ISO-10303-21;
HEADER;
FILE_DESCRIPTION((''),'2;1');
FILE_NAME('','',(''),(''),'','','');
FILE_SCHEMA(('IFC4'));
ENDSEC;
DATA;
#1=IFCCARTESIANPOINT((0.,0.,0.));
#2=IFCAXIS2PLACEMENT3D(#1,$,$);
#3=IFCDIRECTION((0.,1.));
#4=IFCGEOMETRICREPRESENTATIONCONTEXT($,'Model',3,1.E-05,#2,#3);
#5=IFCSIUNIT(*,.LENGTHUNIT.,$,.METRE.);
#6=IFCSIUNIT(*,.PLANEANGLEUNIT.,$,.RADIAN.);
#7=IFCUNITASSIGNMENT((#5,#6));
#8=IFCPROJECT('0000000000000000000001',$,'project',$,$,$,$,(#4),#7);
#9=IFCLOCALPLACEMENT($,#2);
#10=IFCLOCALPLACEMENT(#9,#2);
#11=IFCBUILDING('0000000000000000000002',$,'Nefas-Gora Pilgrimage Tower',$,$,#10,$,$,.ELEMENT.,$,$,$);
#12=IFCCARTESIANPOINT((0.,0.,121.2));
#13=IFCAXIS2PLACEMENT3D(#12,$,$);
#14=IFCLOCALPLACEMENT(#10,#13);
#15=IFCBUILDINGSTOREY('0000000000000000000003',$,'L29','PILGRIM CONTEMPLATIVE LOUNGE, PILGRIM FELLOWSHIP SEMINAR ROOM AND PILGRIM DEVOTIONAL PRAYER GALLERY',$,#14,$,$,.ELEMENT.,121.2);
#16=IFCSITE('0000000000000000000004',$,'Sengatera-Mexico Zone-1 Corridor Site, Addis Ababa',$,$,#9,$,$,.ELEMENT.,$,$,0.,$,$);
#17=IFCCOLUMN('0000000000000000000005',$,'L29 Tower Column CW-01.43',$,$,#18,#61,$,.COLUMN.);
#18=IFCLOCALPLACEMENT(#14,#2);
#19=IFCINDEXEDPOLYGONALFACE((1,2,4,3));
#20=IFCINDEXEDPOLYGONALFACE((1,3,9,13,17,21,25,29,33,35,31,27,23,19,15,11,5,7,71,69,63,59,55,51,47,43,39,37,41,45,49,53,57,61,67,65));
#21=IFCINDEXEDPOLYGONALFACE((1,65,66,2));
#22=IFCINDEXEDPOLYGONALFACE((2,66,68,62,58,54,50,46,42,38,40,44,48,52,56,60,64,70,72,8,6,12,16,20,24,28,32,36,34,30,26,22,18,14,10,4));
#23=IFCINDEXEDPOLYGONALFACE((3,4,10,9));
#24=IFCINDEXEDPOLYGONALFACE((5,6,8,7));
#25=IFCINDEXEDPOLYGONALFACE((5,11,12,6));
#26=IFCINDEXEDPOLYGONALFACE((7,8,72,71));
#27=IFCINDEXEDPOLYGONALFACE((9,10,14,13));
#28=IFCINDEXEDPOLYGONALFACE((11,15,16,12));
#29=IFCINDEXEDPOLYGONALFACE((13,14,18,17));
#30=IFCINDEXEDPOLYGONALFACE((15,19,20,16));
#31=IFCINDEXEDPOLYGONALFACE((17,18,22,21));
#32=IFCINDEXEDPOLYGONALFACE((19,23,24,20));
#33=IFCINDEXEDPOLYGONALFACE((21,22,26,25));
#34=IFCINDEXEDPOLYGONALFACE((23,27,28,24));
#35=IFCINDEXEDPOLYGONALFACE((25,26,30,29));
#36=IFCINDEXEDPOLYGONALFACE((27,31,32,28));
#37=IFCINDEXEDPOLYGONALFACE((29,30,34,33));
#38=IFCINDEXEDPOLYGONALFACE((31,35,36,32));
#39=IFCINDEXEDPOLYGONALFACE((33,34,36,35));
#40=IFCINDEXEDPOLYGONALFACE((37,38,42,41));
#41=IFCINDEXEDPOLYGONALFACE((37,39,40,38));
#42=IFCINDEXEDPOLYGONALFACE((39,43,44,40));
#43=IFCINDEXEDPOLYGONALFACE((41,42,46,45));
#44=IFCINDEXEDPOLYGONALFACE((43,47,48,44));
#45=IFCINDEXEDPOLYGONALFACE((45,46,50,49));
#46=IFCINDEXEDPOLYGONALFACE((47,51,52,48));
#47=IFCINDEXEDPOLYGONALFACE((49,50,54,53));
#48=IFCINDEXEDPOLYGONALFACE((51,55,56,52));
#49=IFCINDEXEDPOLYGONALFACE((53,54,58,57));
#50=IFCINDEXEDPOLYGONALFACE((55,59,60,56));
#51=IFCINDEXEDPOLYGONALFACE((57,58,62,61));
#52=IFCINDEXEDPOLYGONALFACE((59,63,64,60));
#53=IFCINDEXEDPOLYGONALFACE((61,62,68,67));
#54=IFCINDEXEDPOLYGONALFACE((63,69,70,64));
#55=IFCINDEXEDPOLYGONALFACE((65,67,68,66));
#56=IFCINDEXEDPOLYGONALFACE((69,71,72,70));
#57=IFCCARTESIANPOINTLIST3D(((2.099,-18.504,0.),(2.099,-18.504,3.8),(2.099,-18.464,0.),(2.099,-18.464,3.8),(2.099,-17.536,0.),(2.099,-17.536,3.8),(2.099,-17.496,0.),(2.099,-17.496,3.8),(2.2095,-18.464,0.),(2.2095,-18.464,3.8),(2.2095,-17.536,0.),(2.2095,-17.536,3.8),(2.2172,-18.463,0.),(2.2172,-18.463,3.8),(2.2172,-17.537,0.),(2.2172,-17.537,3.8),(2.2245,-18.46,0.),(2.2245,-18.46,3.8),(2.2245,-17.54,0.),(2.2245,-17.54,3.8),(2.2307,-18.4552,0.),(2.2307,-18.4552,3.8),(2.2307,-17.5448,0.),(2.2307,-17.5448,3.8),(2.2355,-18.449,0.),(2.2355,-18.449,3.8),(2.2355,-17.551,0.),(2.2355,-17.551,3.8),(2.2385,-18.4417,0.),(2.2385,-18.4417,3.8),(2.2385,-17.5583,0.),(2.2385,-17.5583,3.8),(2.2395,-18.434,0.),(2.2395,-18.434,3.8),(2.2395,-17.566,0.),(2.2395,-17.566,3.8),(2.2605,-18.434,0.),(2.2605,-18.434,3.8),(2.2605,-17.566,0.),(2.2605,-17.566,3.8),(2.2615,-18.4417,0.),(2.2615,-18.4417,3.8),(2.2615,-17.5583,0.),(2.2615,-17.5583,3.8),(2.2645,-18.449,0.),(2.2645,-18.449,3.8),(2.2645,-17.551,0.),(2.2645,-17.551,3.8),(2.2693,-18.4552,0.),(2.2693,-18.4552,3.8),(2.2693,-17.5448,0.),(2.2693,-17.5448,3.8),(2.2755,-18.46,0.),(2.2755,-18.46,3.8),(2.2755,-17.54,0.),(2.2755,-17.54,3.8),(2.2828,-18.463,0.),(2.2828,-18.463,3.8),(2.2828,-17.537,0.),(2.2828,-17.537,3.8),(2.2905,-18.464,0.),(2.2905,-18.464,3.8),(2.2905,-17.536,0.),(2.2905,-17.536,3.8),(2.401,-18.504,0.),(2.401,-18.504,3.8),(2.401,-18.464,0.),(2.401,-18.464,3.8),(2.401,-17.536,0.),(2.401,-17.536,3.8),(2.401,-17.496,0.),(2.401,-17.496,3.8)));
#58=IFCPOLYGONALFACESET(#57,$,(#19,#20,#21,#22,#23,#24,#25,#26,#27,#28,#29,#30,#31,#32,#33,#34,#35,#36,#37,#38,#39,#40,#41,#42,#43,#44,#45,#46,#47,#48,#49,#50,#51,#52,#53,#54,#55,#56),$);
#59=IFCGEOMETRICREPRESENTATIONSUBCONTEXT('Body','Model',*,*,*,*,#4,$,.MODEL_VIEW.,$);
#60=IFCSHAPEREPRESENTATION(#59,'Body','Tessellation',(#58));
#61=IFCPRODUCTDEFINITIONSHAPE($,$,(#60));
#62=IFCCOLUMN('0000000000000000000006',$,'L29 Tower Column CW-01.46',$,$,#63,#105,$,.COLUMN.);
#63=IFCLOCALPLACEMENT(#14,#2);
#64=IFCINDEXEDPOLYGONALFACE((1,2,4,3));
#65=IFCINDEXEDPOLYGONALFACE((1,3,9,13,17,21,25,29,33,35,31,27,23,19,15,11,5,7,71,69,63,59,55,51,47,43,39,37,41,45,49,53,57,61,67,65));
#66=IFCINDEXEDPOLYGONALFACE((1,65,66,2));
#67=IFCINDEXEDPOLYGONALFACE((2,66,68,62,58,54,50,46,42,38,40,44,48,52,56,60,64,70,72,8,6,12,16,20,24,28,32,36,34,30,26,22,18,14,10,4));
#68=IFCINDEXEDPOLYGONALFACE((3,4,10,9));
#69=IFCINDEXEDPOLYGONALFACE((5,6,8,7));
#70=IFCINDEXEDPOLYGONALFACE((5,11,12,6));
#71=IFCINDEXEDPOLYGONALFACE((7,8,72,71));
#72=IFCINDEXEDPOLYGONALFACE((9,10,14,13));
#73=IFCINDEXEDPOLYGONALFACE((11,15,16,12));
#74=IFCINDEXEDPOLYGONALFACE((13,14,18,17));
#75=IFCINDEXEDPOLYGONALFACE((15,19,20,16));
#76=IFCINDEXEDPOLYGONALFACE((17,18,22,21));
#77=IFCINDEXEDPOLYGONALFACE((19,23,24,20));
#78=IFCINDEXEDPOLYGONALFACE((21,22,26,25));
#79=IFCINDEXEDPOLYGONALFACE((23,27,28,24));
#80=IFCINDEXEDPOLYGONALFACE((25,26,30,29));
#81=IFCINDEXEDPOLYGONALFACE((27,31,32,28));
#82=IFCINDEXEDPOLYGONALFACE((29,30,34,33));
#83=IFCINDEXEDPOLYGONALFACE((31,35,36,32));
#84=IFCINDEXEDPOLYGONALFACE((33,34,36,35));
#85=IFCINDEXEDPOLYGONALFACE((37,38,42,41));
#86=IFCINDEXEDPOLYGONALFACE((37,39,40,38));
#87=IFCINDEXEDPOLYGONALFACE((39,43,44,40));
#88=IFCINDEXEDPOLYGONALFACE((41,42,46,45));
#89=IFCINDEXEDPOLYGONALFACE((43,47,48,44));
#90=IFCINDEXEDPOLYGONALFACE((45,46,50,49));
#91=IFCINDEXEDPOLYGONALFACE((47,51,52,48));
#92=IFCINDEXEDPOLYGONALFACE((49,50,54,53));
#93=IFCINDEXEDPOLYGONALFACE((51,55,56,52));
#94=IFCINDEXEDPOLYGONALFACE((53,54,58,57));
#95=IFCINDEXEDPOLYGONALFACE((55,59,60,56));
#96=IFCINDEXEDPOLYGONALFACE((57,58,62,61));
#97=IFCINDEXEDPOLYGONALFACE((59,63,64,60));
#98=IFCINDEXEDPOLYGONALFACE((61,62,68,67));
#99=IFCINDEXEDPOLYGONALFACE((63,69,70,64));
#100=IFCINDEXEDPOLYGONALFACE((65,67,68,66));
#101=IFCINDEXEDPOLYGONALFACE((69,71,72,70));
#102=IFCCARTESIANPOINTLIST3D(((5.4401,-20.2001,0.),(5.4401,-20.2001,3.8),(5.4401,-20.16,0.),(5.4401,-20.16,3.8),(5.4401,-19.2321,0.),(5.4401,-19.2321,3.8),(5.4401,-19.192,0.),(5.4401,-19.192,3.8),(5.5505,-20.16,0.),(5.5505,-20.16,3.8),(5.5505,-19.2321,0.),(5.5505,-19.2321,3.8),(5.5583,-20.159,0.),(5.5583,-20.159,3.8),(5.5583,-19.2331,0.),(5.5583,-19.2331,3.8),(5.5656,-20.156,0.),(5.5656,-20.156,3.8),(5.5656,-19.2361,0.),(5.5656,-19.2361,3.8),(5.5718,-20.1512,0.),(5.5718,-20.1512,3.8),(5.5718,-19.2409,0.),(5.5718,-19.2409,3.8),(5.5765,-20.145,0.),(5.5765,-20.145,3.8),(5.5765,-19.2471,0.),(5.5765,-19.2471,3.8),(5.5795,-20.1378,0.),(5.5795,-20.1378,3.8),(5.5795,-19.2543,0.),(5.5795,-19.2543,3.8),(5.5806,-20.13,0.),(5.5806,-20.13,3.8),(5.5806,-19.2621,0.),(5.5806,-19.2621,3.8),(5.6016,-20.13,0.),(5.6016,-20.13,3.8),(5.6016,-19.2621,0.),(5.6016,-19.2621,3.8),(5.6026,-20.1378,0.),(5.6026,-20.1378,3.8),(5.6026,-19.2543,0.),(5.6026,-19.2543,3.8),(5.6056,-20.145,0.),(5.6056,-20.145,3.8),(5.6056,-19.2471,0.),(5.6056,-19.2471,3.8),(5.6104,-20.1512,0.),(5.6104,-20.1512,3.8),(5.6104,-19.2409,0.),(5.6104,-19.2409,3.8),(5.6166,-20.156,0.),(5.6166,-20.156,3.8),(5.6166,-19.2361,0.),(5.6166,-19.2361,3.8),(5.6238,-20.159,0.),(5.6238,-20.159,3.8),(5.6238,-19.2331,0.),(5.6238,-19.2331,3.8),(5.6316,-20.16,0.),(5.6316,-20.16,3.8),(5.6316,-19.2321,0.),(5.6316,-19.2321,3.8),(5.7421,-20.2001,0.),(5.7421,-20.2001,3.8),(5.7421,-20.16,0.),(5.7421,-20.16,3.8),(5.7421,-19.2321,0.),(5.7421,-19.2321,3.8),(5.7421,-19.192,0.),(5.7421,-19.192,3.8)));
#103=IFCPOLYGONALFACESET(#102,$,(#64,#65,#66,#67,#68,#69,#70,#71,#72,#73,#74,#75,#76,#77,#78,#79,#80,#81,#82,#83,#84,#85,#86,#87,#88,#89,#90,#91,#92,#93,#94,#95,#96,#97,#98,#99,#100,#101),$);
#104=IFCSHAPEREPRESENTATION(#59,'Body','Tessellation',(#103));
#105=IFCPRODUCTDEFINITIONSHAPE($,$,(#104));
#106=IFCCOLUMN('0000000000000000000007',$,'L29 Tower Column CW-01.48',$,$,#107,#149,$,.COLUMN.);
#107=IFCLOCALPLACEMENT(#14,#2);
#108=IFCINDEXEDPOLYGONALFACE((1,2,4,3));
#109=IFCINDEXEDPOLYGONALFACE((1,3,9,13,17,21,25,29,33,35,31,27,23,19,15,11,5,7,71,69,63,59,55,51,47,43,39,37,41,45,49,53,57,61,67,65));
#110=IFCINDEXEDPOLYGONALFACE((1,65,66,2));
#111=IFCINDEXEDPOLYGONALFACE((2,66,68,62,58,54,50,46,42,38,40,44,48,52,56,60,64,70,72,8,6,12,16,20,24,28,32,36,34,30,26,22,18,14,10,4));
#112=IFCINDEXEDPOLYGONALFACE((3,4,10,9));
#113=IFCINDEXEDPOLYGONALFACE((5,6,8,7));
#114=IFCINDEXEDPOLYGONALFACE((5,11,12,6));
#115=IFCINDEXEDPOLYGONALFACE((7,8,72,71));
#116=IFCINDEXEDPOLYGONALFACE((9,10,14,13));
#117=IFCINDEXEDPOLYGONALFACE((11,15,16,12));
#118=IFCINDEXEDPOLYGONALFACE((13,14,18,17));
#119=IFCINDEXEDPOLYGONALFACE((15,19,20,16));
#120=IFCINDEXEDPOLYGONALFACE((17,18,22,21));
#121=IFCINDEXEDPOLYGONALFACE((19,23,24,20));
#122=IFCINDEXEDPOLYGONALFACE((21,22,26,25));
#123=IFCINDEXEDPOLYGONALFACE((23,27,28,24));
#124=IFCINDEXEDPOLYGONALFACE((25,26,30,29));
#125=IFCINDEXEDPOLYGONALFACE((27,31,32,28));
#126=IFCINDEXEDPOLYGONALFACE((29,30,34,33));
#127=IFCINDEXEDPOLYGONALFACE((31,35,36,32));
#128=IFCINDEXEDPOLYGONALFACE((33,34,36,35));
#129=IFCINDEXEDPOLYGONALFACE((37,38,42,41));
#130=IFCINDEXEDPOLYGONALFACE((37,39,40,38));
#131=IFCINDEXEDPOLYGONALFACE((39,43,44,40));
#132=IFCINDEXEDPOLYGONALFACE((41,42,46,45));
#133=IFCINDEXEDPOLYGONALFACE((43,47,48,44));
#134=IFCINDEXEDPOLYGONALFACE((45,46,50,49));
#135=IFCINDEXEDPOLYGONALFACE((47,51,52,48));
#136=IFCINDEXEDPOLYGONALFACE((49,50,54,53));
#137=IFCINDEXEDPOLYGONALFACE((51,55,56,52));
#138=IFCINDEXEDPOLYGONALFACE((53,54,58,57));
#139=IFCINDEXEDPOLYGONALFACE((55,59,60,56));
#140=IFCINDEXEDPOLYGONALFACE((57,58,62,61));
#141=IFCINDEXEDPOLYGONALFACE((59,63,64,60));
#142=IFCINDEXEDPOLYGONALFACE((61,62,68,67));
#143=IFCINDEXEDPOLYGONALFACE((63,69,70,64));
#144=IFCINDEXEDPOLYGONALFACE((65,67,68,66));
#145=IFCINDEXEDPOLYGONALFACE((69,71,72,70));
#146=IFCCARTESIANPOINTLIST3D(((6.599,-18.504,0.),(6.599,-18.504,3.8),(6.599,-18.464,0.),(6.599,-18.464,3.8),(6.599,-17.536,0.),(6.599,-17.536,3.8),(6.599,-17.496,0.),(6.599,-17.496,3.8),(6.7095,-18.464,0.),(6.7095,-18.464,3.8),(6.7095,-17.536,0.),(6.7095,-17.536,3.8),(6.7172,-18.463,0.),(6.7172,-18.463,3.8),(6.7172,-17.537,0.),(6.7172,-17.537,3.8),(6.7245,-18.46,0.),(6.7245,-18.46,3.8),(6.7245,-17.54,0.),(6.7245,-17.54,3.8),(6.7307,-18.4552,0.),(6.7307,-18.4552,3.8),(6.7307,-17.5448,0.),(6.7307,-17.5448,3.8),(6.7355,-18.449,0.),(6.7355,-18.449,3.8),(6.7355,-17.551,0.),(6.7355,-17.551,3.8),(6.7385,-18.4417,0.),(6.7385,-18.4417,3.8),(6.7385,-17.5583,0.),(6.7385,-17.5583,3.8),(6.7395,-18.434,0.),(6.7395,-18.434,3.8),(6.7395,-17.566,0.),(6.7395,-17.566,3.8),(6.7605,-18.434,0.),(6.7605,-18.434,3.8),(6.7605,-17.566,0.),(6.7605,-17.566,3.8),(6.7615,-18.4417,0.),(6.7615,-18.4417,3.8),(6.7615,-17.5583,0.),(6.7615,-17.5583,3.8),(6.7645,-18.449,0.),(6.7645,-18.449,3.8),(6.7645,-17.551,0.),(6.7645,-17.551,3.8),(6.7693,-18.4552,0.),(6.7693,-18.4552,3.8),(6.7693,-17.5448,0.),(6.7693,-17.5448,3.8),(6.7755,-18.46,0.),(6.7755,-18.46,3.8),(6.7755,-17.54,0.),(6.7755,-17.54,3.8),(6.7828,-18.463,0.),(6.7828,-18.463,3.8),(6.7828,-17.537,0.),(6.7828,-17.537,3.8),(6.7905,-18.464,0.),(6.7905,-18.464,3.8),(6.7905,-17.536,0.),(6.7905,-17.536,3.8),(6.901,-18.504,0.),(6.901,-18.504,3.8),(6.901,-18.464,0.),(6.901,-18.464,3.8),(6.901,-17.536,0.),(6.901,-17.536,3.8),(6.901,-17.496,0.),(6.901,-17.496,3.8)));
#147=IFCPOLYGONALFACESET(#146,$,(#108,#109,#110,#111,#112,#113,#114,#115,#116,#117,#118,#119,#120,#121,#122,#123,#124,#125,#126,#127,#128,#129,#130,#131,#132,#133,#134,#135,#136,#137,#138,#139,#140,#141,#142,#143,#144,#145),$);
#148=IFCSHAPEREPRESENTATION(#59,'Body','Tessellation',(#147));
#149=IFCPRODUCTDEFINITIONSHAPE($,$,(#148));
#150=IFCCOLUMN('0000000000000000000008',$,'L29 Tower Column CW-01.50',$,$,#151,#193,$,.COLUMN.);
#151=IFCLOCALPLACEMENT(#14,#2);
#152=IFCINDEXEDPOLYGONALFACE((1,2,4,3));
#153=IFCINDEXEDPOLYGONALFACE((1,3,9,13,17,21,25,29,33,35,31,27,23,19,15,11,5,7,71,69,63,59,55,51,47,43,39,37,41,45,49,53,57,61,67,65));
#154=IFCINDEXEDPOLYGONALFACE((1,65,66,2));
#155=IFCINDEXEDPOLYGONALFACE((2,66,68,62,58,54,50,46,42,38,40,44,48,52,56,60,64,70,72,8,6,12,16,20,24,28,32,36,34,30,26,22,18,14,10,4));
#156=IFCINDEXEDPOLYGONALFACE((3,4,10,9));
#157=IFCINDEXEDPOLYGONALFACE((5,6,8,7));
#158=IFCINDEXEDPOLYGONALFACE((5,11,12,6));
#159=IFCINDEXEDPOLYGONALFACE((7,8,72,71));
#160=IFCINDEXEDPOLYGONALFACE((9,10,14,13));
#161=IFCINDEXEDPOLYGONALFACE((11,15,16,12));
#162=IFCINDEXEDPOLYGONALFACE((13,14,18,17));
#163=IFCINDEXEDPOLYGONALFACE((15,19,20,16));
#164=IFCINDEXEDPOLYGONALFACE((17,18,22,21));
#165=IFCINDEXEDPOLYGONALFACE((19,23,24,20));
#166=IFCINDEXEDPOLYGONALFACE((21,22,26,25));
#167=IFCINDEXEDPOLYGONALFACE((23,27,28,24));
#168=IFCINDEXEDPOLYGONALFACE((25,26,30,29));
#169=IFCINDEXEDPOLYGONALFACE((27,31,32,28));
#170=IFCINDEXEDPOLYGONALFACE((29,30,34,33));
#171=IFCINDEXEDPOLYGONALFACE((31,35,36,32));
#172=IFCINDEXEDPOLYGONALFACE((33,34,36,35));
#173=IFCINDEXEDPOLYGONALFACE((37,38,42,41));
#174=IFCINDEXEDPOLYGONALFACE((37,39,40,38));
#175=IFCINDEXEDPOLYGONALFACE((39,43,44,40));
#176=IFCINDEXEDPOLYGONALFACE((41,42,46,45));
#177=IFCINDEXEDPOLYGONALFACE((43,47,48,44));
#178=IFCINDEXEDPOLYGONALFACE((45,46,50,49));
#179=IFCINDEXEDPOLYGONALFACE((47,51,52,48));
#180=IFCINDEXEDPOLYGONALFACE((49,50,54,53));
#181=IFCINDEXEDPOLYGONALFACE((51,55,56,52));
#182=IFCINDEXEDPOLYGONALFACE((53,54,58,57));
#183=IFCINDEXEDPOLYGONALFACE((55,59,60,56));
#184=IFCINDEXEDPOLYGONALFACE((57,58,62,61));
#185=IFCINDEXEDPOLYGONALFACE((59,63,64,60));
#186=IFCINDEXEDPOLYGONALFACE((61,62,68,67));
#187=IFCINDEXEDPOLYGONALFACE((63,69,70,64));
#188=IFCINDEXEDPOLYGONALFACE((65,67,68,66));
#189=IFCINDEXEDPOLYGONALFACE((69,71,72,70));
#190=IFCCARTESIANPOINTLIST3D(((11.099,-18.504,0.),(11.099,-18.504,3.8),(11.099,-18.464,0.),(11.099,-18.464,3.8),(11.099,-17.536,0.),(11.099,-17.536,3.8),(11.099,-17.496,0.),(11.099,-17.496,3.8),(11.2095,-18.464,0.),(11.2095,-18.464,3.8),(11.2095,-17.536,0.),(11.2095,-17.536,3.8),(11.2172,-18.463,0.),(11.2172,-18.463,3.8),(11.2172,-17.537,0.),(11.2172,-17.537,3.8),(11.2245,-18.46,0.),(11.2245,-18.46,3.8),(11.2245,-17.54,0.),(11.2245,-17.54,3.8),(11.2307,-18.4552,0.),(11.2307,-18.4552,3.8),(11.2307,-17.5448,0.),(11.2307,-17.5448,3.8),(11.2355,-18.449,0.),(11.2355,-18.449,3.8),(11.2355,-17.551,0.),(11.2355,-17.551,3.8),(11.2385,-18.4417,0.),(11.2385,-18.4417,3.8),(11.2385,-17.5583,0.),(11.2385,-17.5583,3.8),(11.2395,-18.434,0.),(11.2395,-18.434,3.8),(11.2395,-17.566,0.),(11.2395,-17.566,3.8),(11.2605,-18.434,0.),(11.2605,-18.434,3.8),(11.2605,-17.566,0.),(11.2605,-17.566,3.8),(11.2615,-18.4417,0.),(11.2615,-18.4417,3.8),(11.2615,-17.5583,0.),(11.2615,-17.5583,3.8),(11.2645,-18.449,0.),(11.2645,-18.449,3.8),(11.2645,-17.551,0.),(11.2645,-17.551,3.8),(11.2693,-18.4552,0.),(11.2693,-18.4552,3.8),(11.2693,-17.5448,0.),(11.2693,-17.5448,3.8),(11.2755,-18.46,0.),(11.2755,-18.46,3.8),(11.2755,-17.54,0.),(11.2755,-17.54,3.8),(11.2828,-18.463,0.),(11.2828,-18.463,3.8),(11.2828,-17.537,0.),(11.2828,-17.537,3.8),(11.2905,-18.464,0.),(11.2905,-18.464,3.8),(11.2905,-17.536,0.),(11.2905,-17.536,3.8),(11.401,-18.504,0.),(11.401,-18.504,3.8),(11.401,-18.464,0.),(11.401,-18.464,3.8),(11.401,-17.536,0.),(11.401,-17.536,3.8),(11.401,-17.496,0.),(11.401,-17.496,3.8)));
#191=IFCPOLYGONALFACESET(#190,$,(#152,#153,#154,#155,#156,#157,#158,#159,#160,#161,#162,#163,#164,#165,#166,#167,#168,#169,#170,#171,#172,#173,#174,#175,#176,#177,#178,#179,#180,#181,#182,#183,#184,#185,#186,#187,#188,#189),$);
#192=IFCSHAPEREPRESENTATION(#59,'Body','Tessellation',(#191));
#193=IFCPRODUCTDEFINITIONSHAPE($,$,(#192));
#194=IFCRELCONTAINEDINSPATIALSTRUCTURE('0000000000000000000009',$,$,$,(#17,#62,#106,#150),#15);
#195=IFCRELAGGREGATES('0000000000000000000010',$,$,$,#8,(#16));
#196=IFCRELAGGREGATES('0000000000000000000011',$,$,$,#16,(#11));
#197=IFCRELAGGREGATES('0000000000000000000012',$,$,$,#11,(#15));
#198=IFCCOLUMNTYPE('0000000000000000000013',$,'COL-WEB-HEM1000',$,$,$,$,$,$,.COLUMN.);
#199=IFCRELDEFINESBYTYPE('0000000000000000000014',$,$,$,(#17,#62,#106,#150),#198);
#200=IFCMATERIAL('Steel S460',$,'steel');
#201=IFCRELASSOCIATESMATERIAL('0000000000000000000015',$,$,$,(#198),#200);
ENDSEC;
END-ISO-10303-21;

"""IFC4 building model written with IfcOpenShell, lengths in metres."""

from ifc_helpers import new_model, si_unit, direction, frame, origin, origin_2d, place, context, subcontext, project, spatial, i_section, extrude, source, transform, mapped, material, material_profile, profile_set, type_object, element, save


model = new_model("IFC4")

# Units and contexts
model_context = context("Model", 3, precision=1e-05, world=origin(), true_north=direction((0.0, 1.0)))
body_context = subcontext(model_context, "Body", "Model", "MODEL_VIEW")
ifc_project = project(units=[si_unit("LENGTHUNIT", "METRE"), si_unit("PLANEANGLEUNIT", "RADIAN")], contexts=[model_context])

# Site, building, storey
site_placement = place(None, origin())
site = spatial("IfcSite", under=ifc_project, at=site_placement, Name="Sengatera-Mexico Zone-1 Corridor Site, Addis Ababa", CompositionType="ELEMENT", RefElevation=0.0)
building_placement = place(site_placement, origin())
building = spatial("IfcBuilding", under=site, at=building_placement, Name="Nefas-Gora Pilgrimage Tower", CompositionType="ELEMENT")
storey_placement = place(building_placement, frame((0.0, 0.0, 121.2)))
storey = spatial("IfcBuildingStorey", under=building, at=storey_placement, Name="L29", Description="PILGRIM CONTEMPLATIVE LOUNGE, PILGRIM FELLOWSHIP SEMINAR ROOM AND PILGRIM DEVOTIONAL PRAYER GALLERY", CompositionType="ELEMENT", Elevation=121.2)

# Columns
ifc_material_1 = material(Name="Steel S460", Category="steel")
ifc_material_profile_1 = material_profile(ifc_material_1, i_section(OverallWidth=0.302, OverallDepth=1.0081, WebThickness=0.021, FlangeThickness=0.04, FilletRadius=0.03, at=origin_2d()), Name="HEM 1000")
ifc_profile_set_1 = profile_set([ifc_material_profile_1], Name="Steel S460")
column_type_1 = type_object("IfcColumnType", Name="COL-WEB-HEM1000", PredefinedType="COLUMN", material=ifc_profile_set_1)
shared_shape_1 = source(origin(), body_context, "Body", "SweptSolid", [
    extrude(i_section(OverallWidth=0.302, OverallDepth=1.0081, WebThickness=0.021, FlangeThickness=0.04, FilletRadius=0.03, at=origin_2d()), origin(), (0.0, 0.0, 1.0), 3.8),
])
for number, where, z_axis, x_axis, name in (
    (1, (2.25, -18.0, 0.0), (0.0, 0.0, 1.0), (1.0, 0.0, 0.0), "L29 Tower Column CW-01.43"),
    (2, (5.5911, -19.696, 0.0), (0.0, 0.0, 1.0), (1.0, 0.0, 0.0), "L29 Tower Column CW-01.46"),
    (3, (6.75, -18.0, 0.0), (0.0, 0.0, 1.0), (1.0, 0.0, 0.0), "L29 Tower Column CW-01.48"),
    (4, (11.25, -18.0, 0.0), (0.0, 0.0, 1.0), (1.0, 0.0, 0.0), "L29 Tower Column CW-01.50"),
):
    element("IfcColumn", number, at=place(storey_placement, frame(where, z_axis=z_axis, x_axis=x_axis)), inside=storey, type_object=column_type_1, Name=name, PredefinedType="COLUMN", context=body_context, shape_type="MappedRepresentation", body=[
        mapped(shared_shape_1, transform((0.0, 0.0, 0.0), x_axis=(1.0, 0.0, 0.0), y_axis=(0.0, 1.0, 0.0), z_axis=(0.0, 0.0, 1.0), scale=1.0)),
    ])

save(model, "model.ifc")
